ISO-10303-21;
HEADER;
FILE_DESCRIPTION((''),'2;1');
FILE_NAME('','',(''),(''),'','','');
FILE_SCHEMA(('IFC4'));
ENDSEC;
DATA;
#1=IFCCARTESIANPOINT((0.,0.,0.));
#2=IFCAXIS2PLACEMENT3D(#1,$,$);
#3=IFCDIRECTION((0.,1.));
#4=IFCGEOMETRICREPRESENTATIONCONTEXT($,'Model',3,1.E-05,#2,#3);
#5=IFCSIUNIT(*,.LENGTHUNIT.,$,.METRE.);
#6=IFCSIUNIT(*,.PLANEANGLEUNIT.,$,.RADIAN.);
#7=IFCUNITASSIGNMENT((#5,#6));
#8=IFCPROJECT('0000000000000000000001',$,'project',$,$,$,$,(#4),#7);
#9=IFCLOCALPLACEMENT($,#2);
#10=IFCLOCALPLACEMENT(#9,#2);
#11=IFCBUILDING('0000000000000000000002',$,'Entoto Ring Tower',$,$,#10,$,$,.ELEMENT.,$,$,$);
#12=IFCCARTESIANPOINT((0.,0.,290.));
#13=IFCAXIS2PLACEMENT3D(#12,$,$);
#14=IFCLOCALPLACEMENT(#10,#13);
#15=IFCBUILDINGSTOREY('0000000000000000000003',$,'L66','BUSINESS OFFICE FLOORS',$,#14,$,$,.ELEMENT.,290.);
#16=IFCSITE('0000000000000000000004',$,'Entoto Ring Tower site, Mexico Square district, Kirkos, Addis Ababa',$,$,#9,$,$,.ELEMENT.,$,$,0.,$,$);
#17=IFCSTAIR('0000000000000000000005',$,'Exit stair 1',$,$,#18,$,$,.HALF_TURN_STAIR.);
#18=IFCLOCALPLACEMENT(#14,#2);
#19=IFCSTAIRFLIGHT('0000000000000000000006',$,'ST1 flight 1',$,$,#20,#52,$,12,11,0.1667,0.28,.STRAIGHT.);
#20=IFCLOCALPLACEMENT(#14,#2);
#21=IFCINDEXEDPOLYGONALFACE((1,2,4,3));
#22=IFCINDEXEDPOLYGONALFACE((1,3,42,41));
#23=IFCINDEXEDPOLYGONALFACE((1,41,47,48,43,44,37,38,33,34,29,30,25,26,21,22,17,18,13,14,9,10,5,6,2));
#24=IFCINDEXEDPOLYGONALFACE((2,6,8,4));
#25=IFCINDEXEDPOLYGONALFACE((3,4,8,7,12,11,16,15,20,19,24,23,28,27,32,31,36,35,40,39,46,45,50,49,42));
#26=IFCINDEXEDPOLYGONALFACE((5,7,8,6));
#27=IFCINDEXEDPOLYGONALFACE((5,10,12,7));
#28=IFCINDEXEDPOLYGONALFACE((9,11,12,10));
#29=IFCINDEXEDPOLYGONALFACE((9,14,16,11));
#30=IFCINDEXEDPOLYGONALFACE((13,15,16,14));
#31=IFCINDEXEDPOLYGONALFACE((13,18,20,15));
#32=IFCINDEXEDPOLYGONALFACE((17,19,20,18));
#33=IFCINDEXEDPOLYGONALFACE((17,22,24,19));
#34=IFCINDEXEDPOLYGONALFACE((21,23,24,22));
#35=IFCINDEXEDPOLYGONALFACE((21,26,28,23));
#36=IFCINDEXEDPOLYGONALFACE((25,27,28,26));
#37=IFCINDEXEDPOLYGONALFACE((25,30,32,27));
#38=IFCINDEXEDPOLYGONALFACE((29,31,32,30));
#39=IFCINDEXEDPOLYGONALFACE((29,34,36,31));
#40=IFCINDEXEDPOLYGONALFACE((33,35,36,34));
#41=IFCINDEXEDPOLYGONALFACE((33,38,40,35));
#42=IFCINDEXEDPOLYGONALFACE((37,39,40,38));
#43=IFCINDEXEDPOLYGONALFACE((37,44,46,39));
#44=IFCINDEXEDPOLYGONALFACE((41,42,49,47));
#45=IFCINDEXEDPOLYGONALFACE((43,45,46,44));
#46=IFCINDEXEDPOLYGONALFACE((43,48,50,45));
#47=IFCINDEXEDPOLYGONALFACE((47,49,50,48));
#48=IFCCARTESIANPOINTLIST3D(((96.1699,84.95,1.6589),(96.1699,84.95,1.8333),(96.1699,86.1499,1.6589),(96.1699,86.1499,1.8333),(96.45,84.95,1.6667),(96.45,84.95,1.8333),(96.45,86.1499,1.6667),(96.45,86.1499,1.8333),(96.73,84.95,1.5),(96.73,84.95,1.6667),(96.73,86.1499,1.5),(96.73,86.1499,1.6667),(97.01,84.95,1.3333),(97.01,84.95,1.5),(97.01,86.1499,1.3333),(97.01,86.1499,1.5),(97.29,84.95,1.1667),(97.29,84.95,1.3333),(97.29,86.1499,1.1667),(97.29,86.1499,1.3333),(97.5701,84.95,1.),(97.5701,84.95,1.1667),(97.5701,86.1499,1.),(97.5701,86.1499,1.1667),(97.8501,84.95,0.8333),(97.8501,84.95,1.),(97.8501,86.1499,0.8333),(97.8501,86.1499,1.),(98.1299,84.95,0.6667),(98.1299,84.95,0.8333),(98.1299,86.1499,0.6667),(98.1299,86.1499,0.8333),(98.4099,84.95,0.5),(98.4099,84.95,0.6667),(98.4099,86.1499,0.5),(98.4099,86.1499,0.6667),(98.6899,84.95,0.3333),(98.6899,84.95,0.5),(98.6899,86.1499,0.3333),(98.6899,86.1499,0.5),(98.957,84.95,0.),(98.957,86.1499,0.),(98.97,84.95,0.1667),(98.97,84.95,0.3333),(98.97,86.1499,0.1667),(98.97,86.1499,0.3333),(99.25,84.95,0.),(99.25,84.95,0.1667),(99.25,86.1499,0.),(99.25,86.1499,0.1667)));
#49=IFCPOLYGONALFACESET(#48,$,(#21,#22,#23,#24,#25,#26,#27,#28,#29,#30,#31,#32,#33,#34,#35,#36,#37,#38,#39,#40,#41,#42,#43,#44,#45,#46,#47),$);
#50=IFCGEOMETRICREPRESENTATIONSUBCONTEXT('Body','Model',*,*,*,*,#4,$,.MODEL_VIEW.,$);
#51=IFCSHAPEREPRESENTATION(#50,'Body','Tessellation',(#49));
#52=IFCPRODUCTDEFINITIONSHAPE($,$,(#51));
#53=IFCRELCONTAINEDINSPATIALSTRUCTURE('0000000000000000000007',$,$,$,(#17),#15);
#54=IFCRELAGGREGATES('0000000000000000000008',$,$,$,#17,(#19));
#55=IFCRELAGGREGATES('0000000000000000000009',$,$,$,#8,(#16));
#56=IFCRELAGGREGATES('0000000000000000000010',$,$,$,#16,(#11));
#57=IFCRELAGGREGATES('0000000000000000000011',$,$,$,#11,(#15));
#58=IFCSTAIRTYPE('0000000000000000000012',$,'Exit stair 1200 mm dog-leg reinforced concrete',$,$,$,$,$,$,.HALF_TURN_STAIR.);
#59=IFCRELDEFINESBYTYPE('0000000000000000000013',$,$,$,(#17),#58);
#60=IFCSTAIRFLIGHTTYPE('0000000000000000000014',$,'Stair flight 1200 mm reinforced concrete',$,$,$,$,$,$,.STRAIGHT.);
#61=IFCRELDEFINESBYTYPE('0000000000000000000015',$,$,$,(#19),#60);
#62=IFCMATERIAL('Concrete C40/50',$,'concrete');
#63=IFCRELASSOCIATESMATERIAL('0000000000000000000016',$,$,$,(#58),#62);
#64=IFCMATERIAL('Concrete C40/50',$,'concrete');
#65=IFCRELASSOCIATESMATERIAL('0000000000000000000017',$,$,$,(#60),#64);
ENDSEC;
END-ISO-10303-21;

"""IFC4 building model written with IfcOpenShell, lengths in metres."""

from ifc_helpers import new_model, si_unit, direction, frame, origin, place, context, subcontext, project, spatial, polyline, outline, extrude, material, type_object, element, aggregate, save


model = new_model("IFC4")

# Units and contexts
model_context = context("Model", 3, precision=1e-05, world=origin(), true_north=direction((0.0, 1.0)))
body_context = subcontext(model_context, "Body", "Model", "MODEL_VIEW")
ifc_project = project(units=[si_unit("LENGTHUNIT", "METRE"), si_unit("PLANEANGLEUNIT", "RADIAN")], contexts=[model_context])

# Site, building, storey
site_placement = place(None, origin())
site = spatial("IfcSite", under=ifc_project, at=site_placement, Name="Entoto Ring Tower site, Mexico Square district, Kirkos, Addis Ababa", CompositionType="ELEMENT", RefElevation=0.0)
building_placement = place(site_placement, origin())
building = spatial("IfcBuilding", under=site, at=building_placement, Name="Entoto Ring Tower", CompositionType="ELEMENT")
storey_placement = place(building_placement, frame((0.0, 0.0, 290.0)))
storey = spatial("IfcBuildingStorey", under=building, at=storey_placement, Name="L66", Description="BUSINESS OFFICE FLOORS", CompositionType="ELEMENT", Elevation=290.0)

# Stair, stair flight
ifc_material_1 = material(Name="Concrete C40/50", Category="concrete")
stair_type = type_object("IfcStairType", Name="Exit stair 1200 mm dog-leg reinforced concrete", PredefinedType="HALF_TURN_STAIR", material=ifc_material_1)
stair_placement = place(storey_placement, origin())
stair = element("IfcStair", 1, at=stair_placement, inside=storey, type_object=stair_type, Name="Exit stair 1", PredefinedType="HALF_TURN_STAIR")
ifc_material_2 = material(Name="Concrete C40/50", Category="concrete")
stair_flight_type = type_object("IfcStairFlightType", Name="Stair flight 1200 mm reinforced concrete", PredefinedType="STRAIGHT", material=ifc_material_2)
stair_flight_placement = place(storey_placement, frame((99.25, 85.55, 0.0), z_axis=(0.0, 0.0, 1.0), x_axis=(-1.0, 0.0, 0.0)))
stair_flight = element("IfcStairFlight", 2, at=stair_flight_placement, type_object=stair_flight_type, Name="ST1 flight 1", NumberOfRisers=12, NumberOfTreads=11, PredefinedType="STRAIGHT", RiserHeight=0.1667, TreadLength=0.28, context=body_context, shape_type="SweptSolid", body=[
    extrude(outline(polyline([(0.0, 0.0), (0.0, 0.1667), (0.28, 0.1667), (0.28, 0.3333), (0.5601, 0.3333), (0.5601, 0.5), (0.8401, 0.5), (0.8401, 0.6667), (1.1201, 0.6667), (1.1201, 0.8333), (1.3999, 0.8333), (1.3999, 1.0), (1.6799, 1.0), (1.6799, 1.1667), (1.96, 1.1667), (1.96, 1.3333), (2.24, 1.3333), (2.24, 1.5), (2.52, 1.5), (2.52, 1.6667), (2.8, 1.6667), (2.8, 1.8333), (3.0801, 1.8333), (3.0801, 2.0), (3.0801, 1.6589), (0.293, 0.0), (0.0, 0.0)])), frame((0.0, 0.6001, 0.0), z_axis=(0.0, -1.0, 0.0), x_axis=(1.0, 0.0, 0.0)), (0.0, 0.0, 1.0), 1.2),
])
aggregate(stair, [stair_flight])

save(model, "model.ifc")
